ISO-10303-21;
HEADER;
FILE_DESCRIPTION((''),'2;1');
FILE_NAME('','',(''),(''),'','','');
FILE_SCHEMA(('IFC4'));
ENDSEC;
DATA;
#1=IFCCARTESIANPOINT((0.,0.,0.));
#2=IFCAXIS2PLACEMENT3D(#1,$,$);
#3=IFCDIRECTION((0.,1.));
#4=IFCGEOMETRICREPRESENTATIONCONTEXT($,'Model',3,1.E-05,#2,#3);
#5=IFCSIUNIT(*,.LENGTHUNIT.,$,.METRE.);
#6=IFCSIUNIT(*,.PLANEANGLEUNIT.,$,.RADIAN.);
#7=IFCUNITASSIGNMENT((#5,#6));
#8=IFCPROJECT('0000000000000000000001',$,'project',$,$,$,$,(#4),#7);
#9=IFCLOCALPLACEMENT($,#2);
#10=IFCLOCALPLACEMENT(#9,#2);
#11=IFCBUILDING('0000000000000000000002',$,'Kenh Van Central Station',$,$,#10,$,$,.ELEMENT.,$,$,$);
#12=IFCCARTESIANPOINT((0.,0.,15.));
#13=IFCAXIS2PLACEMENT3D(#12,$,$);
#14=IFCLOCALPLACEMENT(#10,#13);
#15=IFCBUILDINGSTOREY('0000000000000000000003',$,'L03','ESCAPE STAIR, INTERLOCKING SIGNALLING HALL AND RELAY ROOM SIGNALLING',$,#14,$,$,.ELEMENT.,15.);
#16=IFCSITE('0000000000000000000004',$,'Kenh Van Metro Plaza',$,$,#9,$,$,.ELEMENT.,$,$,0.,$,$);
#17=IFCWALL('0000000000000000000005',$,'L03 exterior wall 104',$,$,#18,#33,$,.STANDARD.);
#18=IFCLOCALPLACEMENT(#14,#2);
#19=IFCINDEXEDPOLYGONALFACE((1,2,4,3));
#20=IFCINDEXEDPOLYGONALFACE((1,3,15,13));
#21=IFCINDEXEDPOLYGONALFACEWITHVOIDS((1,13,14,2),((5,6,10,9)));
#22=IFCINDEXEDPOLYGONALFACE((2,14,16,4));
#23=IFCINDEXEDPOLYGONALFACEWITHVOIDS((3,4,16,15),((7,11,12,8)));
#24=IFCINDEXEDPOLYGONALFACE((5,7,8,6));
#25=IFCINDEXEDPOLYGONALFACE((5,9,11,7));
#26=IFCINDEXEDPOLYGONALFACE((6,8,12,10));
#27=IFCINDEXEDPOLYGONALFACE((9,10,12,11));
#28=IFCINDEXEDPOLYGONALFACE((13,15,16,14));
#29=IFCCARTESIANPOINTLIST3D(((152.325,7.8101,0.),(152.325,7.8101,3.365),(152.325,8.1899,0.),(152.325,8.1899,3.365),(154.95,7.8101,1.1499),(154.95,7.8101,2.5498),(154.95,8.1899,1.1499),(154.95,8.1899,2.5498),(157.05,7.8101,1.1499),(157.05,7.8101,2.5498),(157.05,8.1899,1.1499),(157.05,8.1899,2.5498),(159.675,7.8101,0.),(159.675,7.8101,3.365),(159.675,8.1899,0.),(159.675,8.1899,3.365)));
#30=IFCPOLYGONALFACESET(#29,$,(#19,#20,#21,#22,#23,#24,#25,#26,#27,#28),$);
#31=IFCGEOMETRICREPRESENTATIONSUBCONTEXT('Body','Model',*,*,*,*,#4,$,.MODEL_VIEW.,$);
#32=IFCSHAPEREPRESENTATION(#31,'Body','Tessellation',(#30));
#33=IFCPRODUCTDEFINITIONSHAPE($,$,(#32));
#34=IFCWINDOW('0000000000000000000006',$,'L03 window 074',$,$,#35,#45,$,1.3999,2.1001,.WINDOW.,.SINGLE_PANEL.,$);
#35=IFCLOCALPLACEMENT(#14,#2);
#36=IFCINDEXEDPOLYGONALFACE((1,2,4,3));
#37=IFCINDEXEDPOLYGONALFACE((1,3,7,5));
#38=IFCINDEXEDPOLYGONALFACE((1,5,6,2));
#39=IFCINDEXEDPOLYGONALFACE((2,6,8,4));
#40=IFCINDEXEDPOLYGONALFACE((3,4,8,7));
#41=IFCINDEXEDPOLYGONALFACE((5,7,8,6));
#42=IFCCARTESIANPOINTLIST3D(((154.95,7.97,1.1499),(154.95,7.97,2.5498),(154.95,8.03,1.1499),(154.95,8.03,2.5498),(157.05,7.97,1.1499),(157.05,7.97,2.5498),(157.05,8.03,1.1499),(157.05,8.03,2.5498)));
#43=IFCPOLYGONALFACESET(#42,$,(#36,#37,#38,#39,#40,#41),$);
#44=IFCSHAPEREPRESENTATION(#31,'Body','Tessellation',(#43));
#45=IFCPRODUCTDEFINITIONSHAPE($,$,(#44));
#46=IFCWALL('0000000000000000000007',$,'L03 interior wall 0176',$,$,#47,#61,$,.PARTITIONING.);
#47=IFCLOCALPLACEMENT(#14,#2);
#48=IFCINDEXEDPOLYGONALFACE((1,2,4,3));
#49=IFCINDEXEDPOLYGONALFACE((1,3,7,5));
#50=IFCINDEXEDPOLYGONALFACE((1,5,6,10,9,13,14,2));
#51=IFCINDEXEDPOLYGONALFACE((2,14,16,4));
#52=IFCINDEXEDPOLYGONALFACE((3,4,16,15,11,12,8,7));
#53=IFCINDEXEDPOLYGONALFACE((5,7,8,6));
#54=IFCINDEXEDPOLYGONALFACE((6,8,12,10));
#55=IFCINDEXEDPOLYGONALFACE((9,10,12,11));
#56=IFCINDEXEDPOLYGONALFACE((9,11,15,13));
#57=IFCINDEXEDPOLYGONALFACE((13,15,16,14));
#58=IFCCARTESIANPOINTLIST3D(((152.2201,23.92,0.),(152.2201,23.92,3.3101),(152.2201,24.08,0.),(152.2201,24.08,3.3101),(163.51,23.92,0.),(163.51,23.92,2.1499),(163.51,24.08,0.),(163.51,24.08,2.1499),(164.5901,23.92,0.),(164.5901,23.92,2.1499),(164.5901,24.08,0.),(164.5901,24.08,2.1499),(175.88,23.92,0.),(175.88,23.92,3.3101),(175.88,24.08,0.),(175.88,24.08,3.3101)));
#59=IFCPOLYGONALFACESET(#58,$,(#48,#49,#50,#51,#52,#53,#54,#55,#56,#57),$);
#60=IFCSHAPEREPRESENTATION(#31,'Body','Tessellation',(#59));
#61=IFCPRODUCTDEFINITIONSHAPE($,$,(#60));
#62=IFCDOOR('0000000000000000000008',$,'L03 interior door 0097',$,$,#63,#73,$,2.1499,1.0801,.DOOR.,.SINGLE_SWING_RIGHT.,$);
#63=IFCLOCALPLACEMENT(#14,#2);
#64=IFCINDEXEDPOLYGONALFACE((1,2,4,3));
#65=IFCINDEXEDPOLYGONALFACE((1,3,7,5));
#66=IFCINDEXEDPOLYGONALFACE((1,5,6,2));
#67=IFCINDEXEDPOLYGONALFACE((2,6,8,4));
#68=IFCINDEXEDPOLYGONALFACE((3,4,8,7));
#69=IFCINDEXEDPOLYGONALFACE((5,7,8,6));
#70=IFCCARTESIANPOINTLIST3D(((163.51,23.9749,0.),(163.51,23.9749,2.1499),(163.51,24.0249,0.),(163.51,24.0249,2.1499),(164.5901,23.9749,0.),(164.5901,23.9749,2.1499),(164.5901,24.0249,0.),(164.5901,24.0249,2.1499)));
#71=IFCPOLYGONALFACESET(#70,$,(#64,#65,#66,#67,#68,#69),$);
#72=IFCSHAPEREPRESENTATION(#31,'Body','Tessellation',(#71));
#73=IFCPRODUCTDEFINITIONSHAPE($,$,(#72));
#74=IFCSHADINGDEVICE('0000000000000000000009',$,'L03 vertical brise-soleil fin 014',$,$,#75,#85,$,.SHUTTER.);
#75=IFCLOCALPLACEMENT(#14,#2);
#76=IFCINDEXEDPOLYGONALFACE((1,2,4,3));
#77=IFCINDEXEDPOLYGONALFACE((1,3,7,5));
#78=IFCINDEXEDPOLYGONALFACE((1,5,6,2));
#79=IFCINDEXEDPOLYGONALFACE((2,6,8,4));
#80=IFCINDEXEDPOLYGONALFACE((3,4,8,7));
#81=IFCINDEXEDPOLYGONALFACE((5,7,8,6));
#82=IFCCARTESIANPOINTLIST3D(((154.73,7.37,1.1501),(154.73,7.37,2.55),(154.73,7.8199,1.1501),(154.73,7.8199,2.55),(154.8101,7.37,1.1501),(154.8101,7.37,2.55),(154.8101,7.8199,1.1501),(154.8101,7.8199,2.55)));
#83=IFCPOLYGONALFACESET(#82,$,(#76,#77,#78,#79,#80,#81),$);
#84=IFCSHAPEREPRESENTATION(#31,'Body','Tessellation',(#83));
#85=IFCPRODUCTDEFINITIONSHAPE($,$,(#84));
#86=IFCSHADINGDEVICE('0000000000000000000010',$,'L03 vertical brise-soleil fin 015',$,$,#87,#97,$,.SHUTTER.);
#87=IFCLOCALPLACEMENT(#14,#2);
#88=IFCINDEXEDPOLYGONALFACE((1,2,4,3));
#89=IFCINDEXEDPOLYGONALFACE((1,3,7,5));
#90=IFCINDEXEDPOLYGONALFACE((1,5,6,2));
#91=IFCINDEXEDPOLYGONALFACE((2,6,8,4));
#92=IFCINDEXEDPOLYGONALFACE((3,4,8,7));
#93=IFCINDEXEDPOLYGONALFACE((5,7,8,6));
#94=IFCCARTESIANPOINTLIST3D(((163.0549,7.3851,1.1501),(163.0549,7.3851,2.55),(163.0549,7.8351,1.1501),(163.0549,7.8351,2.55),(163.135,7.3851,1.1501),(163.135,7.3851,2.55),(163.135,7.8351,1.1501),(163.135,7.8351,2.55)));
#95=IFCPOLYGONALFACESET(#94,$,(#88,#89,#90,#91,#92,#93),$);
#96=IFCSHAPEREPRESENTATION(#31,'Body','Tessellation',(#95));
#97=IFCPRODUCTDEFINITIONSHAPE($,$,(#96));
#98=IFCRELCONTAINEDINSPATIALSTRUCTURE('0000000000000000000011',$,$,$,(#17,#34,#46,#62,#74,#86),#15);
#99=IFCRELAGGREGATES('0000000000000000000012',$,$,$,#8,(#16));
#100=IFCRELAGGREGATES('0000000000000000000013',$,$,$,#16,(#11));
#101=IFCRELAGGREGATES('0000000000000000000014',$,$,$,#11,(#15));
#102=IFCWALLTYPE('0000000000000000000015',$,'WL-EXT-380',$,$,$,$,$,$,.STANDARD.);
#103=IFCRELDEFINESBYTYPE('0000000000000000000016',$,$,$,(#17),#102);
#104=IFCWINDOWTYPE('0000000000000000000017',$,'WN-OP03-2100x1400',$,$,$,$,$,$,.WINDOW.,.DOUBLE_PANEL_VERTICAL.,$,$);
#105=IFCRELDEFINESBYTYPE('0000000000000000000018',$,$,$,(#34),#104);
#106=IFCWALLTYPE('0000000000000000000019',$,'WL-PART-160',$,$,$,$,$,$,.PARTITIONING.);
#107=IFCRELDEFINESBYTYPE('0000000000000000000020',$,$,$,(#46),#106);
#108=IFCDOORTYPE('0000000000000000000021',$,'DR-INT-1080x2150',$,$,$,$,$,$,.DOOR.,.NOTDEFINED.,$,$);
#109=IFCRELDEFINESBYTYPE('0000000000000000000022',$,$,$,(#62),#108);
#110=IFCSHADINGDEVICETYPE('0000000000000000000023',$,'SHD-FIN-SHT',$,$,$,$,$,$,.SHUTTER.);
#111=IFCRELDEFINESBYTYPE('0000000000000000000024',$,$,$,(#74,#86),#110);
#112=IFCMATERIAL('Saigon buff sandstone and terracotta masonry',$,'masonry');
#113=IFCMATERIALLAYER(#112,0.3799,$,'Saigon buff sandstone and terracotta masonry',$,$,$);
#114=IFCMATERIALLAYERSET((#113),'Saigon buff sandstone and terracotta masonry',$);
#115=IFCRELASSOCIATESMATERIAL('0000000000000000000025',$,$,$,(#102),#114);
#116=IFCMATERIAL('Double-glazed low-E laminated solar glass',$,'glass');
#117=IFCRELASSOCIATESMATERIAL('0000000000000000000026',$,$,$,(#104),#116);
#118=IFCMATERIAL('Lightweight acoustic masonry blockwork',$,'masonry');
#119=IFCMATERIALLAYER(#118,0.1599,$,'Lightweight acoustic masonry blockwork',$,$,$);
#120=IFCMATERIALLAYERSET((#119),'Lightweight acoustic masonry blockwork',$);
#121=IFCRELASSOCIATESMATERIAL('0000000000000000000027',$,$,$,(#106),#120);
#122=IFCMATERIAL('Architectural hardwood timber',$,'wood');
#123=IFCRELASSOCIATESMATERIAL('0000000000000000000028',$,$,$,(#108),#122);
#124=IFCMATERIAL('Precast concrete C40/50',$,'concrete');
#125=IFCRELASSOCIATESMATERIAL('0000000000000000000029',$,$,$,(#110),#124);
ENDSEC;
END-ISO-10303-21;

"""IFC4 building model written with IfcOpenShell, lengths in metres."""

from ifc_helpers import new_model, si_unit, direction, frame, frame_2d, origin, origin_2d, place, context, subcontext, project, spatial, rectangle, extrude, material, layer, layer_set, type_object, element, fill, save


model = new_model("IFC4")

# Units and contexts
model_context = context("Model", 3, precision=1e-05, world=origin(), true_north=direction((0.0, 1.0)))
body_context = subcontext(model_context, "Body", "Model", "MODEL_VIEW")
ifc_project = project(units=[si_unit("LENGTHUNIT", "METRE"), si_unit("PLANEANGLEUNIT", "RADIAN")], contexts=[model_context])

# Site, building, storey
site_placement = place(None, origin())
site = spatial("IfcSite", under=ifc_project, at=site_placement, Name="Kenh Van Metro Plaza", CompositionType="ELEMENT", RefElevation=0.0)
building_placement = place(site_placement, origin())
building = spatial("IfcBuilding", under=site, at=building_placement, Name="Kenh Van Central Station", CompositionType="ELEMENT")
storey_placement = place(building_placement, frame((0.0, 0.0, 15.0)))
storey = spatial("IfcBuildingStorey", under=building, at=storey_placement, Name="L03", Description="ESCAPE STAIR, INTERLOCKING SIGNALLING HALL AND RELAY ROOM SIGNALLING", CompositionType="ELEMENT", Elevation=15.0)

# Shared definitions
ifc_material_1 = material(Name="Lightweight acoustic masonry blockwork", Category="masonry")

# Wall, opening, window
ifc_material_2 = material(Name="Saigon buff sandstone and terracotta masonry", Category="masonry")
ifc_material_3 = material(Name="Double-glazed low-E laminated solar glass", Category="glass")
ifc_layer_1 = layer(ifc_material_2, 0.3799, Name="Saigon buff sandstone and terracotta masonry")
ifc_layer_set_1 = layer_set([ifc_layer_1], Name="Saigon buff sandstone and terracotta masonry")
wall_type_1 = type_object("IfcWallType", Name="WL-EXT-380", PredefinedType="STANDARD", material=ifc_layer_set_1)
wall_1_placement = place(storey_placement, frame((152.325, 8.0, 0.0), z_axis=(0.0, 0.0, 1.0), x_axis=(1.0, 0.0, 0.0)))
wall_1 = element("IfcWall", 1, at=wall_1_placement, inside=storey, type_object=wall_type_1, Name="L03 exterior wall 104", PredefinedType="STANDARD", context=body_context, shape_type="SweptSolid", body=[
    extrude(rectangle(XDim=7.3501, YDim=0.3799, at=frame_2d((3.675, 0.0))), origin(), (0.0, 0.0, 1.0), 3.365),
])
opening_1_placement = place(wall_1_placement, frame((2.625, 0.0, 1.1499)))
opening_1 = element("IfcOpeningElement", 2, at=opening_1_placement, cuts=wall_1, PredefinedType="OPENING", context=body_context, shape_type="SweptSolid", body=[
    extrude(rectangle(XDim=2.1001, YDim=1.3999, at=frame_2d((1.05, 0.7))), frame((0.0, 0.2, 0.0), z_axis=(0.0, -1.0, 0.0), x_axis=(1.0, 0.0, 0.0)), (0.0, 0.0, 1.0), 0.3999),
])
window_type_1 = type_object("IfcWindowType", Name="WN-OP03-2100x1400", PartitioningType="DOUBLE_PANEL_VERTICAL", PredefinedType="WINDOW", material=ifc_material_3)
window_1_placement = place(opening_1_placement, origin())
window_1 = element("IfcWindow", 3, at=window_1_placement, inside=storey, type_object=window_type_1, Name="L03 window 074", OverallHeight=1.3999, OverallWidth=2.1001, PartitioningType="SINGLE_PANEL", PredefinedType="WINDOW", context=body_context, shape_type="SweptSolid", body=[
    extrude(rectangle(XDim=2.1001, YDim=1.3999, at=frame_2d((1.05, 0.7))), frame((0.0, 0.03, 0.0), z_axis=(0.0, -1.0, 0.0), x_axis=(1.0, 0.0, 0.0)), (0.0, 0.0, 1.0), 0.0601),
])
fill(opening_1, window_1)

# Wall, opening, door
ifc_layer_2 = layer(ifc_material_1, 0.1599, Name="Lightweight acoustic masonry blockwork")
ifc_layer_set_2 = layer_set([ifc_layer_2], Name="Lightweight acoustic masonry blockwork")
wall_type_2 = type_object("IfcWallType", Name="WL-PART-160", PredefinedType="PARTITIONING", material=ifc_layer_set_2)
wall_2_placement = place(storey_placement, frame((152.22, 24.0, 0.0), z_axis=(0.0, 0.0, 1.0), x_axis=(1.0, 0.0, 0.0)))
wall_2 = element("IfcWall", 4, at=wall_2_placement, inside=storey, type_object=wall_type_2, Name="L03 interior wall 0176", PredefinedType="PARTITIONING", context=body_context, shape_type="SweptSolid", body=[
    extrude(rectangle(XDim=23.6599, YDim=0.1599, at=frame_2d((11.8301, 0.0))), origin(), (0.0, 0.0, 1.0), 3.3101),
])
opening_2_placement = place(wall_2_placement, frame((11.29, 0.0, 0.0)))
opening_2 = element("IfcOpeningElement", 5, at=opening_2_placement, cuts=wall_2, PredefinedType="OPENING", context=body_context, shape_type="SweptSolid", body=[
    extrude(rectangle(XDim=1.0801, YDim=2.1499, at=frame_2d((0.54, 1.075))), frame((0.0, 0.0898, 0.0), z_axis=(0.0, -1.0, 0.0), x_axis=(1.0, 0.0, 0.0)), (0.0, 0.0, 1.0), 0.1799),
])
ifc_material_4 = material(Name="Architectural hardwood timber", Category="wood")
door_type = type_object("IfcDoorType", Name="DR-INT-1080x2150", OperationType="NOTDEFINED", PredefinedType="DOOR", material=ifc_material_4)
door_placement = place(opening_2_placement, origin())
door = element("IfcDoor", 6, at=door_placement, inside=storey, type_object=door_type, Name="L03 interior door 0097", OperationType="SINGLE_SWING_RIGHT", OverallHeight=2.1499, OverallWidth=1.0801, PredefinedType="DOOR", context=body_context, shape_type="SweptSolid", body=[
    extrude(rectangle(XDim=1.0801, YDim=2.1499, at=frame_2d((0.54, 1.075))), frame((0.0, 0.0249, 0.0), z_axis=(0.0, -1.0, 0.0), x_axis=(1.0, 0.0, 0.0)), (0.0, 0.0, 1.0), 0.05),
])
fill(opening_2, door)

# Shading devices
ifc_material_5 = material(Name="Precast concrete C40/50", Category="concrete")
shading_device_type = type_object("IfcShadingDeviceType", Name="SHD-FIN-SHT", PredefinedType="SHUTTER", material=ifc_material_5)
for number, where, z_axis, x_axis, name in (
    (7, (154.77, 7.595, 1.1501), (0.0, 0.0, 1.0), (0.0, -1.0, 0.0), "L03 vertical brise-soleil fin 014"),
    (8, (163.095, 7.6101, 1.1501), (0.0, 0.0, 1.0), (0.0, -1.0, 0.0), "L03 vertical brise-soleil fin 015"),
):
    element("IfcShadingDevice", number, at=place(storey_placement, frame(where, z_axis=z_axis, x_axis=x_axis)), inside=storey, type_object=shading_device_type, Name=name, PredefinedType="SHUTTER", context=body_context, shape_type="SweptSolid", body=[
        extrude(rectangle(XDim=0.45, YDim=0.0801, at=origin_2d()), origin(), (0.0, 0.0, 1.0), 1.3999),
    ])

save(model, "model.ifc")
